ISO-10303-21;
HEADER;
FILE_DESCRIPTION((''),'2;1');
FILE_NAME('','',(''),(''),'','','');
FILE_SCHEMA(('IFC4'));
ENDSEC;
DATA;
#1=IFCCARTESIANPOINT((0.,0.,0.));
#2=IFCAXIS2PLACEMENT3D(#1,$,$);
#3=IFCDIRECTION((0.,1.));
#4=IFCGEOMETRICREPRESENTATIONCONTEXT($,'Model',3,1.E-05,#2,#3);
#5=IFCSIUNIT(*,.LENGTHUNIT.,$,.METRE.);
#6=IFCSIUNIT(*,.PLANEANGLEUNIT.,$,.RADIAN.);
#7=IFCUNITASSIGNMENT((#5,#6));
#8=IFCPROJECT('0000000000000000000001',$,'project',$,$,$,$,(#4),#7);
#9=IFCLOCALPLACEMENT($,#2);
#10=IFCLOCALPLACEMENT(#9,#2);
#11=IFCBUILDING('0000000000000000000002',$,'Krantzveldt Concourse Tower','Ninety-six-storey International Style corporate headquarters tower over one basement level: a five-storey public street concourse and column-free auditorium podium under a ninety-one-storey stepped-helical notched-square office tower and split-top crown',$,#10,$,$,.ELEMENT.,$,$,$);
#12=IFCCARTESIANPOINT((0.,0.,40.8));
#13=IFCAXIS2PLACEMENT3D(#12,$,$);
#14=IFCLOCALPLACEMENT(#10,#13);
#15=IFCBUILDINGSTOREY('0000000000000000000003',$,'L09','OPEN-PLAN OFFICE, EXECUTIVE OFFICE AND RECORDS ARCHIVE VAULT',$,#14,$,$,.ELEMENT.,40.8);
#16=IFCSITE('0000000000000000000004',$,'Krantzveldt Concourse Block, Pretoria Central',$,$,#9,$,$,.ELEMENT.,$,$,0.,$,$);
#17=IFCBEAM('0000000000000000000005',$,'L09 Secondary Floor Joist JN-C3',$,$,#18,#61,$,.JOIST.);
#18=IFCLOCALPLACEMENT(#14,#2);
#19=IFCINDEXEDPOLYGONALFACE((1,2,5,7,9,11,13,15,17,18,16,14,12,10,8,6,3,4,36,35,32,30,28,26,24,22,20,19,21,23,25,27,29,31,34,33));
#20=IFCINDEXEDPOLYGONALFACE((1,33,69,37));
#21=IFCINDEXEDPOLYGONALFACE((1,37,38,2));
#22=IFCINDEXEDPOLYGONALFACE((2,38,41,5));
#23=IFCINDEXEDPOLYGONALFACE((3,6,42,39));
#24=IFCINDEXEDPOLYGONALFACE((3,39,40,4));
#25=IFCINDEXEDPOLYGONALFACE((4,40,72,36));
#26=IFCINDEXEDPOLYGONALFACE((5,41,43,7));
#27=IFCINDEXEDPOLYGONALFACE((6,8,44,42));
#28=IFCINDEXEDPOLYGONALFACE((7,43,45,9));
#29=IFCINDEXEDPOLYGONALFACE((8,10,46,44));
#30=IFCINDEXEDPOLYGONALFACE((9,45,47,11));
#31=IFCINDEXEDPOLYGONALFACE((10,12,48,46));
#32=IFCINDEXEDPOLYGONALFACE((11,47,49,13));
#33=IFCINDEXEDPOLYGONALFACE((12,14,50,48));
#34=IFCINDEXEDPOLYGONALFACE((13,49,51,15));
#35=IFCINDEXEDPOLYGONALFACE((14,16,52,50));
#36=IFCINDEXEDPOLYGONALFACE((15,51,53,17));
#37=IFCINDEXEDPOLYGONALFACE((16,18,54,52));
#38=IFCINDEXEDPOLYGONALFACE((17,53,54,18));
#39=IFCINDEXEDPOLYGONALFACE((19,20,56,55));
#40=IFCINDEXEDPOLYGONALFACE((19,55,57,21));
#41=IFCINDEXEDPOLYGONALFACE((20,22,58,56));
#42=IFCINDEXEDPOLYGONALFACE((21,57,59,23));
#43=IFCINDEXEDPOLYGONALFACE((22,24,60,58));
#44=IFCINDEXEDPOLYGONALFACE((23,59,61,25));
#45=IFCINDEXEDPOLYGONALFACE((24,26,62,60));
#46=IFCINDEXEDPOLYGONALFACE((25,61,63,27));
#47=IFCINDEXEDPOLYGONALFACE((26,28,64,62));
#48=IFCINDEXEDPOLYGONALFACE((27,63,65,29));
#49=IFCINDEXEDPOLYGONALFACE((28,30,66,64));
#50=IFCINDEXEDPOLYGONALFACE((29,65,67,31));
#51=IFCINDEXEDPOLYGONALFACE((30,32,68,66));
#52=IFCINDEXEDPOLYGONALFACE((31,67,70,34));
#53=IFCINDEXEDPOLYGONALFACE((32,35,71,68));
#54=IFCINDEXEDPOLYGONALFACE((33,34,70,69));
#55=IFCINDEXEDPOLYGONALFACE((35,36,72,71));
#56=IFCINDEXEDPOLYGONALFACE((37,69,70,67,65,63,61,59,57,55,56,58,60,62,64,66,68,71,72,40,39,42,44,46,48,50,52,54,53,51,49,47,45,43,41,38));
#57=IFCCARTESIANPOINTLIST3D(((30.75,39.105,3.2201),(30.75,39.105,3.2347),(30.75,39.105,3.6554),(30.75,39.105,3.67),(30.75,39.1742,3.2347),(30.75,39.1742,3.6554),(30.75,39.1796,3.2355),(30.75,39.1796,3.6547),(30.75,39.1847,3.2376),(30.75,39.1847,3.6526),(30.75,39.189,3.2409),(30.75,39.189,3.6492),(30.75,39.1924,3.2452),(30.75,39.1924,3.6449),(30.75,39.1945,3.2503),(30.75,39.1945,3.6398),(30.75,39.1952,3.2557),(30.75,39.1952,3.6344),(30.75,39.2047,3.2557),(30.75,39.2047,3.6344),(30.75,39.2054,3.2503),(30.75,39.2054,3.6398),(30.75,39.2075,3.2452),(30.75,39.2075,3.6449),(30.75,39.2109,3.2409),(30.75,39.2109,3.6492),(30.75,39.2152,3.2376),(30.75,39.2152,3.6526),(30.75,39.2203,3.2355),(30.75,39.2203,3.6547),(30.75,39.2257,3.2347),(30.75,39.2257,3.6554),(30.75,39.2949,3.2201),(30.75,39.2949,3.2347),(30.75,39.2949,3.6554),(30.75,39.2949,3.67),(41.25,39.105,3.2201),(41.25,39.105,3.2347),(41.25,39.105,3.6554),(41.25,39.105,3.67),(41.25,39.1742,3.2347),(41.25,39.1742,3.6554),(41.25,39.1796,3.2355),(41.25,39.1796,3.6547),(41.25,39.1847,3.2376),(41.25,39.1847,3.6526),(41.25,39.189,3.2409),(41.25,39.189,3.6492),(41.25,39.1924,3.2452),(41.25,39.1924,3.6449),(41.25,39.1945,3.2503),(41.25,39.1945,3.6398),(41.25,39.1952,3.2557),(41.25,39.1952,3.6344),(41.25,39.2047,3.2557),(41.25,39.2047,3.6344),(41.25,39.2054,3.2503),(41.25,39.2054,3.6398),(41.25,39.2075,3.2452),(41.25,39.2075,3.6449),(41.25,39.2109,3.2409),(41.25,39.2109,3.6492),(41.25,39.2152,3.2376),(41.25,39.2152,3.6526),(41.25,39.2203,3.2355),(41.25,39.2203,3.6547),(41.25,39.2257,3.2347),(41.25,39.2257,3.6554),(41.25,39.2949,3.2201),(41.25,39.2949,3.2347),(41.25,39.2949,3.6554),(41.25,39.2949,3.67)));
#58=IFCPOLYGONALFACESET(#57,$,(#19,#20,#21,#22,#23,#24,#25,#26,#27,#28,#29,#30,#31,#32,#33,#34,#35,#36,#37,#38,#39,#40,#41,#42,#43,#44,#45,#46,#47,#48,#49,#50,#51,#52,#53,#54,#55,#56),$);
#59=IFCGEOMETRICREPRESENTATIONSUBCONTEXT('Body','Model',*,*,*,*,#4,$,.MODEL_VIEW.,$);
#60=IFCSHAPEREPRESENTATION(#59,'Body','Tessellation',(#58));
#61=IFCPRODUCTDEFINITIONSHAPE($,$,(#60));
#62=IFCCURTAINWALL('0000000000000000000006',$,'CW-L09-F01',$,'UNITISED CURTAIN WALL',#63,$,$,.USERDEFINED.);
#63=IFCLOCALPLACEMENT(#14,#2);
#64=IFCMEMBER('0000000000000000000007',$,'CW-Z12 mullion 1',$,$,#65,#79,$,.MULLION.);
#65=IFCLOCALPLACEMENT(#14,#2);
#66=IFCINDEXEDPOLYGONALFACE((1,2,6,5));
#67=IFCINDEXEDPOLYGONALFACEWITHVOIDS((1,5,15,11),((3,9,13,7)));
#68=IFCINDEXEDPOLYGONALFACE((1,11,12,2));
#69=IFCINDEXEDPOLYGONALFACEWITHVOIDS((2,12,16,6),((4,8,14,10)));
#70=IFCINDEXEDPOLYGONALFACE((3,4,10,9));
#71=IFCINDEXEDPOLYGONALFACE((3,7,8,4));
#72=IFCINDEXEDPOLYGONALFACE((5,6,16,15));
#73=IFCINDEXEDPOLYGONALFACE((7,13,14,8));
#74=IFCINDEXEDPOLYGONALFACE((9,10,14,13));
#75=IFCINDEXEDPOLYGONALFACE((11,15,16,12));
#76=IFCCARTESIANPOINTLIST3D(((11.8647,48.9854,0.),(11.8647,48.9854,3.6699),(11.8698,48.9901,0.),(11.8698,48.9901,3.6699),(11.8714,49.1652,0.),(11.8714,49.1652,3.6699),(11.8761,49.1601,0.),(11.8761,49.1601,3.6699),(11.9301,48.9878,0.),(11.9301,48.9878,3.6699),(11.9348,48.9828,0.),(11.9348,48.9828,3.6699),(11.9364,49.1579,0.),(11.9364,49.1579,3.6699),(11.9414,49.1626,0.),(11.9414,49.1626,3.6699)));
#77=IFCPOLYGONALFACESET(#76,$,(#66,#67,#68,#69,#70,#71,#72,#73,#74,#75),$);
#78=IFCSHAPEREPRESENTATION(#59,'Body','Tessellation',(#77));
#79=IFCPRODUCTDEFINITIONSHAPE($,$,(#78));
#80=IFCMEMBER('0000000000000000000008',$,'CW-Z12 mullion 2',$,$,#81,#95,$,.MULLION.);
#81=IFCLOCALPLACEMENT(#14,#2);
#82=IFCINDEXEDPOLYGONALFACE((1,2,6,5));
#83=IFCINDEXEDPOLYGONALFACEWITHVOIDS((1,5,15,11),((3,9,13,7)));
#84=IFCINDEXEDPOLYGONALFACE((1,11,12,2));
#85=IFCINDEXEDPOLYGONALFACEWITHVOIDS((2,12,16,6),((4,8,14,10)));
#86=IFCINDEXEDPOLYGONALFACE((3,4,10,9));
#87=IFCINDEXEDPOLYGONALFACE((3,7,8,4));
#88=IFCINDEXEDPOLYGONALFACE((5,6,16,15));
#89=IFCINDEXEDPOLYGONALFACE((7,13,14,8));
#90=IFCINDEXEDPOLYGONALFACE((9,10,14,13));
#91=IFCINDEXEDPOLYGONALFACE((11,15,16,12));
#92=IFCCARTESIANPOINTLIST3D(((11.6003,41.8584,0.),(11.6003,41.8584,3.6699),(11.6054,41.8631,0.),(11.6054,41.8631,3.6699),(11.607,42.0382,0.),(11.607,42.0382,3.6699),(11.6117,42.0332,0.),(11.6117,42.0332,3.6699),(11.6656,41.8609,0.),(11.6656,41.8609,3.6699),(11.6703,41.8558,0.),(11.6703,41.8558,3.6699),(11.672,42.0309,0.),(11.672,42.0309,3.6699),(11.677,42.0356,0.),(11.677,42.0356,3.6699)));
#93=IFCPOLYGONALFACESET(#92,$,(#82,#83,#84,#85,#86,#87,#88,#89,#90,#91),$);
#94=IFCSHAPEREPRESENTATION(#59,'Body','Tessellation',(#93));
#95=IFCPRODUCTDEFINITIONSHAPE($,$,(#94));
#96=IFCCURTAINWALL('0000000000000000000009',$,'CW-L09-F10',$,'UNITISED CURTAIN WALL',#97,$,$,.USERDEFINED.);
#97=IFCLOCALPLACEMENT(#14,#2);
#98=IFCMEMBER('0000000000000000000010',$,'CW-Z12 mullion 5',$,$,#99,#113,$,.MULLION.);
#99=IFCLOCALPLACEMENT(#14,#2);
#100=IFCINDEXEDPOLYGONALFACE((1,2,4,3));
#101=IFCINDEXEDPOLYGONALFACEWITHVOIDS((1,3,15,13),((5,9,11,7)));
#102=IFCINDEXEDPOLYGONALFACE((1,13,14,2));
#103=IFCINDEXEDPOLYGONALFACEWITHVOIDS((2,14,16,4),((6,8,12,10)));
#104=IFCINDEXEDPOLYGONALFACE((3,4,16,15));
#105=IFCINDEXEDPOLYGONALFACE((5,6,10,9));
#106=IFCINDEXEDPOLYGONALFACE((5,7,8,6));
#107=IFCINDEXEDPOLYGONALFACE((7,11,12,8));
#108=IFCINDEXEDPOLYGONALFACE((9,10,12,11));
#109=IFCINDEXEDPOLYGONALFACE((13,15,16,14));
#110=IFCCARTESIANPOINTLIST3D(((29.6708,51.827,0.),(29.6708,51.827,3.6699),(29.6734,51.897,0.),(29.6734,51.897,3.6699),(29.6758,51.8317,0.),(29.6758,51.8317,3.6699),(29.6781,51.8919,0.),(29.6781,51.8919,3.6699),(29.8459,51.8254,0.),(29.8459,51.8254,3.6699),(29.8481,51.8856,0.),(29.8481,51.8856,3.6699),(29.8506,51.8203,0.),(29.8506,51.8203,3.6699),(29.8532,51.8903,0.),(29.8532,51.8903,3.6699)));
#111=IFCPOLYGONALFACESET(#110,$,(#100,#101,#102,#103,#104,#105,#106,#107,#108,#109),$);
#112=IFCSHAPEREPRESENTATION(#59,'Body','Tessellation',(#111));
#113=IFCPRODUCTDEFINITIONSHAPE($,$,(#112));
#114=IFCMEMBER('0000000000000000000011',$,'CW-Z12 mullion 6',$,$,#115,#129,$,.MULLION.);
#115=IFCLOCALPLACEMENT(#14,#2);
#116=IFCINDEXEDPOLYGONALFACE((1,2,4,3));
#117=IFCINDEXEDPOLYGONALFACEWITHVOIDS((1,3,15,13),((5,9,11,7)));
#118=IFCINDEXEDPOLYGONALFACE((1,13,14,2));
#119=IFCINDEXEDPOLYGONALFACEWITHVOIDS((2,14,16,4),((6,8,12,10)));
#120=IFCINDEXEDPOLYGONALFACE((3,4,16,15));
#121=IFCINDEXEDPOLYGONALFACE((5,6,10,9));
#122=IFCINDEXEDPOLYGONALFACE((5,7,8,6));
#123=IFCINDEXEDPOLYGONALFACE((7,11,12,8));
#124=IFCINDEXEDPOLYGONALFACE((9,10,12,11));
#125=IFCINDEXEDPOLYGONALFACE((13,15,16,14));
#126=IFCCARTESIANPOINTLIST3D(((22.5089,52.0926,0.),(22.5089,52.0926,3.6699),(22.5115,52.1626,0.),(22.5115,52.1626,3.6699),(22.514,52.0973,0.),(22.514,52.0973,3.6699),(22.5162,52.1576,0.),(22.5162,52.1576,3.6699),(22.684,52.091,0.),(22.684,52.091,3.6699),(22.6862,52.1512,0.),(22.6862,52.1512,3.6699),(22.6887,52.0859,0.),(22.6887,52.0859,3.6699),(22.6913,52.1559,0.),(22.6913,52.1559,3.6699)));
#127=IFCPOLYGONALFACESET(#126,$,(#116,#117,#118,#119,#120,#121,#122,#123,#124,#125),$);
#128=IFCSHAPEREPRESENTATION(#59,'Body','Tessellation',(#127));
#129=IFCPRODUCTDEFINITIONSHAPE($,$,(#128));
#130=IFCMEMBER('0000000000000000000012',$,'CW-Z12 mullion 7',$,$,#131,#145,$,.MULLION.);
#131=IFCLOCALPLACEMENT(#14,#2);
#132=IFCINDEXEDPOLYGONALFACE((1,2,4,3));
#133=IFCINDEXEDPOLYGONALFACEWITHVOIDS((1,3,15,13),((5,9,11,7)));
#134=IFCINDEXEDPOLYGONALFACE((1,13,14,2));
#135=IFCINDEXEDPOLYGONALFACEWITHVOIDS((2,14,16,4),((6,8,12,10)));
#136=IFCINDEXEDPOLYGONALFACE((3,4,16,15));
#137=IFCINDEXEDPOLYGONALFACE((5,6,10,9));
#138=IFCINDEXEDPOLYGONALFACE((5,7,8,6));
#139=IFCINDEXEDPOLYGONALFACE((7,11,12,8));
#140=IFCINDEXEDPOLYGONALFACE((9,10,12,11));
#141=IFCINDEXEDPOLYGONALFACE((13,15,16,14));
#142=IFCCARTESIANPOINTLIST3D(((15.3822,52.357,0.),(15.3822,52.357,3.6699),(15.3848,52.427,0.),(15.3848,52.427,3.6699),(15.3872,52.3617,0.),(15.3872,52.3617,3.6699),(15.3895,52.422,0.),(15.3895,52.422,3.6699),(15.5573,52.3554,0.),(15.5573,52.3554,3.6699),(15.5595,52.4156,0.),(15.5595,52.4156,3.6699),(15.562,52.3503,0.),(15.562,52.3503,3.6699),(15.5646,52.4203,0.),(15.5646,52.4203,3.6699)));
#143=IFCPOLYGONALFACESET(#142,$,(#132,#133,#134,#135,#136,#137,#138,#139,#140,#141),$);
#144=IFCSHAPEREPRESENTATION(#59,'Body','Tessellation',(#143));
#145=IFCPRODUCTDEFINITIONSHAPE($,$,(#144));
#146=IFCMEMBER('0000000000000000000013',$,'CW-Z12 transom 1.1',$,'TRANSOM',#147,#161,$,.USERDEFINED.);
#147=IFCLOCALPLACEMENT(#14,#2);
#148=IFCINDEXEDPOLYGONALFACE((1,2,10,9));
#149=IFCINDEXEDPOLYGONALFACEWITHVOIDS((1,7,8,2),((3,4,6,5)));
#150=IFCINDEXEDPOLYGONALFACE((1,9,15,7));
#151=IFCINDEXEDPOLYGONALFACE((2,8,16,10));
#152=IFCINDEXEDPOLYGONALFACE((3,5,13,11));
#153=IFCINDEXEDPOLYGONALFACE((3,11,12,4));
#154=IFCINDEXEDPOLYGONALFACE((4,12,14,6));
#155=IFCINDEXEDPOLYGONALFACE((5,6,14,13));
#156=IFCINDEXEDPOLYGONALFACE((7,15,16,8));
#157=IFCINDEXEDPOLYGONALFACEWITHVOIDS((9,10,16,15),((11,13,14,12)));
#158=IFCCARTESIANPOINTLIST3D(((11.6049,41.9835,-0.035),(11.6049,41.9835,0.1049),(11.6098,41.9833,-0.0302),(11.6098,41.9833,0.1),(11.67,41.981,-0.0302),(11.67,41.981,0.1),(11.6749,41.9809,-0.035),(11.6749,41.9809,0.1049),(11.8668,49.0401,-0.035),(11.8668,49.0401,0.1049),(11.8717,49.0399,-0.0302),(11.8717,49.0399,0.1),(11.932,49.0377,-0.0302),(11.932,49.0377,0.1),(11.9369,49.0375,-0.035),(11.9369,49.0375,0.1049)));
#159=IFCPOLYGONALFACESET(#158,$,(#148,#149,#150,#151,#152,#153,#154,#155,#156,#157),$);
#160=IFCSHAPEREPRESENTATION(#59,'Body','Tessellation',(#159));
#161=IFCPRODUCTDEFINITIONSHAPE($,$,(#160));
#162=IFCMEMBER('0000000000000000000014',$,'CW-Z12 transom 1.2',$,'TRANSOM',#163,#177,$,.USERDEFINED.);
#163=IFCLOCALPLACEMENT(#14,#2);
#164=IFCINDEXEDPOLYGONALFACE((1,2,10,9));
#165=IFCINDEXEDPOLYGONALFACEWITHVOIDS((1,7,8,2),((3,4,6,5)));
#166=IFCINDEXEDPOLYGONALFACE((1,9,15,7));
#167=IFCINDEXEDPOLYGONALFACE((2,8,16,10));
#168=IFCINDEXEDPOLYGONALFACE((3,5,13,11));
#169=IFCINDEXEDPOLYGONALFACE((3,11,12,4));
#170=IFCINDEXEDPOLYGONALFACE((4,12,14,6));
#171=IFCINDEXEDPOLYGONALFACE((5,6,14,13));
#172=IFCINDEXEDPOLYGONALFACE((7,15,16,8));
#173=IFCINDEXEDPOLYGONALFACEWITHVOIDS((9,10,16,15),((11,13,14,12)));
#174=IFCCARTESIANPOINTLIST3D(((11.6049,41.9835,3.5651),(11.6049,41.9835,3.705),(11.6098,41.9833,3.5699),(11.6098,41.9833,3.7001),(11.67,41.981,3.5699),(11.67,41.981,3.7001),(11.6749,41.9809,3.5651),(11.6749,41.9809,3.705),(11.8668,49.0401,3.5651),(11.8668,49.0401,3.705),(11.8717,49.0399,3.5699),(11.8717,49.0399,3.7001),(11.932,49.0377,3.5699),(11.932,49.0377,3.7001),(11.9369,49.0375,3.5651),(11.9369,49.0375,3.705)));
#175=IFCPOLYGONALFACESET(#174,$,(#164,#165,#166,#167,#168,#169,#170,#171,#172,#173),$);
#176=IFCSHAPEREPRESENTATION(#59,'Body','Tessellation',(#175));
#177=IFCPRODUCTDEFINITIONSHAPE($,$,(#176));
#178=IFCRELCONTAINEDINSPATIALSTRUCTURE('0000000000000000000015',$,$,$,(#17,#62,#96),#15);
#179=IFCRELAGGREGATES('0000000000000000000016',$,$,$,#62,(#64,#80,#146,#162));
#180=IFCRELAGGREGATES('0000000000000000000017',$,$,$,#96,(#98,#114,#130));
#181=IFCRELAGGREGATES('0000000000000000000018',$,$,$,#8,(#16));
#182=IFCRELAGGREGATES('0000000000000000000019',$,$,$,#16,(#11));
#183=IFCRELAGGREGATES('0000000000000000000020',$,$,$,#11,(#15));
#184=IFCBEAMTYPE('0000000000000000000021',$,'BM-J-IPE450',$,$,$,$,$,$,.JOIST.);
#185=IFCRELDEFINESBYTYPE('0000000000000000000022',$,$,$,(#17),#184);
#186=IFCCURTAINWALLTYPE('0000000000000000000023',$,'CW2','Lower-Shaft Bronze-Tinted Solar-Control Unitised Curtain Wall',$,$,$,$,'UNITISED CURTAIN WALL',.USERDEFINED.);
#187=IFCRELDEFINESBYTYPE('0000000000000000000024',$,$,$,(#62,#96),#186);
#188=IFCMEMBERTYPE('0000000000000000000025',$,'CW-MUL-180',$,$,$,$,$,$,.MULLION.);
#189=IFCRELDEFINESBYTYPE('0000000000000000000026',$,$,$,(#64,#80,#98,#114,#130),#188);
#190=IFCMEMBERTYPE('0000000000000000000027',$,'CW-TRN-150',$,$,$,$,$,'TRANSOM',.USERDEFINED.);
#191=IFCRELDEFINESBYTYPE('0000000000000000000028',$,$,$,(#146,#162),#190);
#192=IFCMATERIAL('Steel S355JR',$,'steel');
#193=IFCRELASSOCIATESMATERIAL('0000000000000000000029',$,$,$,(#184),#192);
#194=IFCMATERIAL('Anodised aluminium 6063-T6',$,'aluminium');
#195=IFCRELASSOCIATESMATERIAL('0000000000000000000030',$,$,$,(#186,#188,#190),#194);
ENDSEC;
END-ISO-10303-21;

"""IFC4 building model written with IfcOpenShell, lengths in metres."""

from ifc_helpers import new_model, si_unit, direction, frame, origin, origin_2d, place, context, subcontext, project, spatial, hollow_rectangle, i_section, extrude, source, transform, mapped, material, material_profile, profile_set, type_object, type_shapes, element, aggregate, save


model = new_model("IFC4")

# Units and contexts
model_context = context("Model", 3, precision=1e-05, world=origin(), true_north=direction((0.0, 1.0)))
body_context = subcontext(model_context, "Body", "Model", "MODEL_VIEW")
ifc_project = project(units=[si_unit("LENGTHUNIT", "METRE"), si_unit("PLANEANGLEUNIT", "RADIAN")], contexts=[model_context])

# Site, building, storey
site_placement = place(None, origin())
site = spatial("IfcSite", under=ifc_project, at=site_placement, Name="Krantzveldt Concourse Block, Pretoria Central", CompositionType="ELEMENT", RefElevation=0.0)
building_placement = place(site_placement, origin())
building = spatial("IfcBuilding", under=site, at=building_placement, Name="Krantzveldt Concourse Tower", Description="Ninety-six-storey International Style corporate headquarters tower over one basement level: a five-storey public street concourse and column-free auditorium podium under a ninety-one-storey stepped-helical notched-square office tower and split-top crown", CompositionType="ELEMENT")
storey_placement = place(building_placement, frame((0.0, 0.0, 40.8)))
storey = spatial("IfcBuildingStorey", under=building, at=storey_placement, Name="L09", Description="OPEN-PLAN OFFICE, EXECUTIVE OFFICE AND RECORDS ARCHIVE VAULT", CompositionType="ELEMENT", Elevation=40.8)

# Beam
ifc_material_1 = material(Name="Steel S355JR", Category="steel")
ifc_material_profile_1 = material_profile(ifc_material_1, i_section(OverallWidth=0.1899, OverallDepth=0.45, WebThickness=0.0095, FlangeThickness=0.0146, FilletRadius=0.021, at=origin_2d()), Name="Steel S355JR", Category="steel")
ifc_profile_set_1 = profile_set([ifc_material_profile_1], Name="Steel S355JR - IPE 450")
beam_type_1 = type_object("IfcBeamType", Name="BM-J-IPE450", PredefinedType="JOIST", material=ifc_profile_set_1)
shared_shape_1 = source(origin(), body_context, "Body", "SweptSolid", [
    extrude(i_section(OverallWidth=0.1899, OverallDepth=0.45, WebThickness=0.0095, FlangeThickness=0.0146, FilletRadius=0.021, at=origin_2d()), origin(), (0.0, 0.0, 1.0), 10.5),
])
type_shapes(beam_type_1, [shared_shape_1])
beam_1_placement = place(storey_placement, frame((30.75, 39.2, 3.4451), z_axis=(1.0, 0.0, 0.0), x_axis=(0.0, 1.0, 0.0)))
element("IfcBeam", 1, at=beam_1_placement, inside=storey, type_object=beam_type_1, Name="L09 Secondary Floor Joist JN-C3", PredefinedType="JOIST", context=body_context, shape_type="MappedRepresentation", body=[
    mapped(shared_shape_1, transform((0.0, 0.0, 0.0), x_axis=(1.0, 0.0, 0.0), y_axis=(0.0, 1.0, 0.0), z_axis=(0.0, 0.0, 1.0), scale=1.0)),
])

# Curtain walls, members
ifc_material_2 = material(Name="Anodised aluminium 6063-T6", Category="aluminium")
curtain_wall_type = type_object("IfcCurtainWallType", Name="CW2", Description="Lower-Shaft Bronze-Tinted Solar-Control Unitised Curtain Wall", ElementType="UNITISED CURTAIN WALL", PredefinedType="USERDEFINED", material=ifc_material_2)
curtain_wall_1_placement = place(storey_placement, origin())
curtain_wall_1 = element("IfcCurtainWall", 2, at=curtain_wall_1_placement, inside=storey, type_object=curtain_wall_type, Name="CW-L09-F01", ObjectType="UNITISED CURTAIN WALL", PredefinedType="USERDEFINED")
ifc_material_profile_2 = material_profile(ifc_material_2, hollow_rectangle(XDim=0.0701, YDim=0.1799, WallThickness=0.0049, at=origin_2d()), Name="Anodised aluminium 6063-T6", Category="aluminium")
ifc_profile_set_2 = profile_set([ifc_material_profile_2], Name="Anodised aluminium 6063-T6 - ALU-MULL 180x70x5")
member_type_1 = type_object("IfcMemberType", Name="CW-MUL-180", PredefinedType="MULLION", material=ifc_profile_set_2)
shared_shape_2 = source(origin(), body_context, "Body", "SweptSolid", [
    extrude(hollow_rectangle(XDim=0.0701, YDim=0.1799, WallThickness=0.0049, at=origin_2d()), origin(), (0.0, 0.0, 1.0), 3.6699),
])
type_shapes(member_type_1, [shared_shape_2])
member_1_placement = place(storey_placement, frame((11.9031, 49.074, 0.0), z_axis=(0.0, 0.0, 1.0), x_axis=(0.999312, -0.03708, 0.0)))
member_1 = element("IfcMember", 3, at=member_1_placement, type_object=member_type_1, Name="CW-Z12 mullion 1", PredefinedType="MULLION", context=body_context, shape_type="MappedRepresentation", body=[
    mapped(shared_shape_2, transform((0.0, 0.0, 0.0), x_axis=(1.0, 0.0, 0.0), y_axis=(0.0, 1.0, 0.0), z_axis=(0.0, 0.0, 1.0), scale=1.0)),
])
member_2_placement = place(storey_placement, frame((11.6387, 41.947, 0.0), z_axis=(0.0, 0.0, 1.0), x_axis=(0.999312, -0.03708, 0.0)))
member_2 = element("IfcMember", 4, at=member_2_placement, type_object=member_type_1, Name="CW-Z12 mullion 2", PredefinedType="MULLION", context=body_context, shape_type="MappedRepresentation", body=[
    mapped(shared_shape_2, transform((0.0, 0.0, 0.0), x_axis=(1.0, 0.0, 0.0), y_axis=(0.0, 1.0, 0.0), z_axis=(0.0, 0.0, 1.0), scale=1.0)),
])
curtain_wall_2_placement = place(storey_placement, origin())
curtain_wall_2 = element("IfcCurtainWall", 5, at=curtain_wall_2_placement, inside=storey, type_object=curtain_wall_type, Name="CW-L09-F10", ObjectType="UNITISED CURTAIN WALL", PredefinedType="USERDEFINED")
member_3_placement = place(storey_placement, frame((29.762, 51.8586, 0.0), z_axis=(0.0, 0.0, 1.0), x_axis=(-0.03708, -0.999312, 0.0)))
member_3 = element("IfcMember", 6, at=member_3_placement, type_object=member_type_1, Name="CW-Z12 mullion 5", PredefinedType="MULLION", context=body_context, shape_type="MappedRepresentation", body=[
    mapped(shared_shape_2, transform((0.0, 0.0, 0.0), x_axis=(1.0, 0.0, 0.0), y_axis=(0.0, 1.0, 0.0), z_axis=(0.0, 0.0, 1.0), scale=1.0)),
])
member_4_placement = place(storey_placement, frame((22.6001, 52.1243, 0.0), z_axis=(0.0, 0.0, 1.0), x_axis=(-0.03708, -0.999312, 0.0)))
member_4 = element("IfcMember", 7, at=member_4_placement, type_object=member_type_1, Name="CW-Z12 mullion 6", PredefinedType="MULLION", context=body_context, shape_type="MappedRepresentation", body=[
    mapped(shared_shape_2, transform((0.0, 0.0, 0.0), x_axis=(1.0, 0.0, 0.0), y_axis=(0.0, 1.0, 0.0), z_axis=(0.0, 0.0, 1.0), scale=1.0)),
])
member_5_placement = place(storey_placement, frame((15.4734, 52.3887, 0.0), z_axis=(0.0, 0.0, 1.0), x_axis=(-0.03708, -0.999312, 0.0)))
member_5 = element("IfcMember", 8, at=member_5_placement, type_object=member_type_1, Name="CW-Z12 mullion 7", PredefinedType="MULLION", context=body_context, shape_type="MappedRepresentation", body=[
    mapped(shared_shape_2, transform((0.0, 0.0, 0.0), x_axis=(1.0, 0.0, 0.0), y_axis=(0.0, 1.0, 0.0), z_axis=(0.0, 0.0, 1.0), scale=1.0)),
])

# Members
ifc_material_profile_3 = material_profile(ifc_material_2, hollow_rectangle(XDim=0.0701, YDim=0.1399, WallThickness=0.0049, at=origin_2d()), Name="Anodised aluminium 6063-T6", Category="aluminium")
ifc_profile_set_3 = profile_set([ifc_material_profile_3], Name="Anodised aluminium 6063-T6 - ALU-TRAN 140x70x5")
member_type_2 = type_object("IfcMemberType", Name="CW-TRN-150", ElementType="TRANSOM", PredefinedType="USERDEFINED", material=ifc_profile_set_3)
shared_shape_3 = source(origin(), body_context, "Body", "SweptSolid", [
    extrude(hollow_rectangle(XDim=0.0701, YDim=0.1399, WallThickness=0.0049, at=origin_2d()), origin(), (0.0, 0.0, 1.0), 7.0615),
])
member_6_placement = place(storey_placement, frame((11.9019, 49.0388, 0.0349), z_axis=(-0.037097, -0.999312, 0.0), x_axis=(0.999312, -0.037097, 0.0)))
member_6 = element("IfcMember", 9, at=member_6_placement, type_object=member_type_2, Name="CW-Z12 transom 1.1", ObjectType="TRANSOM", PredefinedType="USERDEFINED", context=body_context, shape_type="MappedRepresentation", body=[
    mapped(shared_shape_3, transform((0.0, 0.0, 0.0), x_axis=(1.0, 0.0, 0.0), y_axis=(0.0, 1.0, 0.0), z_axis=(0.0, 0.0, 1.0), scale=1.0)),
])
member_7_placement = place(storey_placement, frame((11.9019, 49.0388, 3.635), z_axis=(-0.037097, -0.999312, 0.0), x_axis=(0.999312, -0.037097, 0.0)))
member_7 = element("IfcMember", 10, at=member_7_placement, type_object=member_type_2, Name="CW-Z12 transom 1.2", ObjectType="TRANSOM", PredefinedType="USERDEFINED", context=body_context, shape_type="MappedRepresentation", body=[
    mapped(shared_shape_3, transform((0.0, 0.0, 0.0), x_axis=(1.0, 0.0, 0.0), y_axis=(0.0, 1.0, 0.0), z_axis=(0.0, 0.0, 1.0), scale=1.0)),
])

aggregate(curtain_wall_1, [member_1, member_2, member_6, member_7])
aggregate(curtain_wall_2, [member_3, member_4, member_5])

save(model, "model.ifc")
